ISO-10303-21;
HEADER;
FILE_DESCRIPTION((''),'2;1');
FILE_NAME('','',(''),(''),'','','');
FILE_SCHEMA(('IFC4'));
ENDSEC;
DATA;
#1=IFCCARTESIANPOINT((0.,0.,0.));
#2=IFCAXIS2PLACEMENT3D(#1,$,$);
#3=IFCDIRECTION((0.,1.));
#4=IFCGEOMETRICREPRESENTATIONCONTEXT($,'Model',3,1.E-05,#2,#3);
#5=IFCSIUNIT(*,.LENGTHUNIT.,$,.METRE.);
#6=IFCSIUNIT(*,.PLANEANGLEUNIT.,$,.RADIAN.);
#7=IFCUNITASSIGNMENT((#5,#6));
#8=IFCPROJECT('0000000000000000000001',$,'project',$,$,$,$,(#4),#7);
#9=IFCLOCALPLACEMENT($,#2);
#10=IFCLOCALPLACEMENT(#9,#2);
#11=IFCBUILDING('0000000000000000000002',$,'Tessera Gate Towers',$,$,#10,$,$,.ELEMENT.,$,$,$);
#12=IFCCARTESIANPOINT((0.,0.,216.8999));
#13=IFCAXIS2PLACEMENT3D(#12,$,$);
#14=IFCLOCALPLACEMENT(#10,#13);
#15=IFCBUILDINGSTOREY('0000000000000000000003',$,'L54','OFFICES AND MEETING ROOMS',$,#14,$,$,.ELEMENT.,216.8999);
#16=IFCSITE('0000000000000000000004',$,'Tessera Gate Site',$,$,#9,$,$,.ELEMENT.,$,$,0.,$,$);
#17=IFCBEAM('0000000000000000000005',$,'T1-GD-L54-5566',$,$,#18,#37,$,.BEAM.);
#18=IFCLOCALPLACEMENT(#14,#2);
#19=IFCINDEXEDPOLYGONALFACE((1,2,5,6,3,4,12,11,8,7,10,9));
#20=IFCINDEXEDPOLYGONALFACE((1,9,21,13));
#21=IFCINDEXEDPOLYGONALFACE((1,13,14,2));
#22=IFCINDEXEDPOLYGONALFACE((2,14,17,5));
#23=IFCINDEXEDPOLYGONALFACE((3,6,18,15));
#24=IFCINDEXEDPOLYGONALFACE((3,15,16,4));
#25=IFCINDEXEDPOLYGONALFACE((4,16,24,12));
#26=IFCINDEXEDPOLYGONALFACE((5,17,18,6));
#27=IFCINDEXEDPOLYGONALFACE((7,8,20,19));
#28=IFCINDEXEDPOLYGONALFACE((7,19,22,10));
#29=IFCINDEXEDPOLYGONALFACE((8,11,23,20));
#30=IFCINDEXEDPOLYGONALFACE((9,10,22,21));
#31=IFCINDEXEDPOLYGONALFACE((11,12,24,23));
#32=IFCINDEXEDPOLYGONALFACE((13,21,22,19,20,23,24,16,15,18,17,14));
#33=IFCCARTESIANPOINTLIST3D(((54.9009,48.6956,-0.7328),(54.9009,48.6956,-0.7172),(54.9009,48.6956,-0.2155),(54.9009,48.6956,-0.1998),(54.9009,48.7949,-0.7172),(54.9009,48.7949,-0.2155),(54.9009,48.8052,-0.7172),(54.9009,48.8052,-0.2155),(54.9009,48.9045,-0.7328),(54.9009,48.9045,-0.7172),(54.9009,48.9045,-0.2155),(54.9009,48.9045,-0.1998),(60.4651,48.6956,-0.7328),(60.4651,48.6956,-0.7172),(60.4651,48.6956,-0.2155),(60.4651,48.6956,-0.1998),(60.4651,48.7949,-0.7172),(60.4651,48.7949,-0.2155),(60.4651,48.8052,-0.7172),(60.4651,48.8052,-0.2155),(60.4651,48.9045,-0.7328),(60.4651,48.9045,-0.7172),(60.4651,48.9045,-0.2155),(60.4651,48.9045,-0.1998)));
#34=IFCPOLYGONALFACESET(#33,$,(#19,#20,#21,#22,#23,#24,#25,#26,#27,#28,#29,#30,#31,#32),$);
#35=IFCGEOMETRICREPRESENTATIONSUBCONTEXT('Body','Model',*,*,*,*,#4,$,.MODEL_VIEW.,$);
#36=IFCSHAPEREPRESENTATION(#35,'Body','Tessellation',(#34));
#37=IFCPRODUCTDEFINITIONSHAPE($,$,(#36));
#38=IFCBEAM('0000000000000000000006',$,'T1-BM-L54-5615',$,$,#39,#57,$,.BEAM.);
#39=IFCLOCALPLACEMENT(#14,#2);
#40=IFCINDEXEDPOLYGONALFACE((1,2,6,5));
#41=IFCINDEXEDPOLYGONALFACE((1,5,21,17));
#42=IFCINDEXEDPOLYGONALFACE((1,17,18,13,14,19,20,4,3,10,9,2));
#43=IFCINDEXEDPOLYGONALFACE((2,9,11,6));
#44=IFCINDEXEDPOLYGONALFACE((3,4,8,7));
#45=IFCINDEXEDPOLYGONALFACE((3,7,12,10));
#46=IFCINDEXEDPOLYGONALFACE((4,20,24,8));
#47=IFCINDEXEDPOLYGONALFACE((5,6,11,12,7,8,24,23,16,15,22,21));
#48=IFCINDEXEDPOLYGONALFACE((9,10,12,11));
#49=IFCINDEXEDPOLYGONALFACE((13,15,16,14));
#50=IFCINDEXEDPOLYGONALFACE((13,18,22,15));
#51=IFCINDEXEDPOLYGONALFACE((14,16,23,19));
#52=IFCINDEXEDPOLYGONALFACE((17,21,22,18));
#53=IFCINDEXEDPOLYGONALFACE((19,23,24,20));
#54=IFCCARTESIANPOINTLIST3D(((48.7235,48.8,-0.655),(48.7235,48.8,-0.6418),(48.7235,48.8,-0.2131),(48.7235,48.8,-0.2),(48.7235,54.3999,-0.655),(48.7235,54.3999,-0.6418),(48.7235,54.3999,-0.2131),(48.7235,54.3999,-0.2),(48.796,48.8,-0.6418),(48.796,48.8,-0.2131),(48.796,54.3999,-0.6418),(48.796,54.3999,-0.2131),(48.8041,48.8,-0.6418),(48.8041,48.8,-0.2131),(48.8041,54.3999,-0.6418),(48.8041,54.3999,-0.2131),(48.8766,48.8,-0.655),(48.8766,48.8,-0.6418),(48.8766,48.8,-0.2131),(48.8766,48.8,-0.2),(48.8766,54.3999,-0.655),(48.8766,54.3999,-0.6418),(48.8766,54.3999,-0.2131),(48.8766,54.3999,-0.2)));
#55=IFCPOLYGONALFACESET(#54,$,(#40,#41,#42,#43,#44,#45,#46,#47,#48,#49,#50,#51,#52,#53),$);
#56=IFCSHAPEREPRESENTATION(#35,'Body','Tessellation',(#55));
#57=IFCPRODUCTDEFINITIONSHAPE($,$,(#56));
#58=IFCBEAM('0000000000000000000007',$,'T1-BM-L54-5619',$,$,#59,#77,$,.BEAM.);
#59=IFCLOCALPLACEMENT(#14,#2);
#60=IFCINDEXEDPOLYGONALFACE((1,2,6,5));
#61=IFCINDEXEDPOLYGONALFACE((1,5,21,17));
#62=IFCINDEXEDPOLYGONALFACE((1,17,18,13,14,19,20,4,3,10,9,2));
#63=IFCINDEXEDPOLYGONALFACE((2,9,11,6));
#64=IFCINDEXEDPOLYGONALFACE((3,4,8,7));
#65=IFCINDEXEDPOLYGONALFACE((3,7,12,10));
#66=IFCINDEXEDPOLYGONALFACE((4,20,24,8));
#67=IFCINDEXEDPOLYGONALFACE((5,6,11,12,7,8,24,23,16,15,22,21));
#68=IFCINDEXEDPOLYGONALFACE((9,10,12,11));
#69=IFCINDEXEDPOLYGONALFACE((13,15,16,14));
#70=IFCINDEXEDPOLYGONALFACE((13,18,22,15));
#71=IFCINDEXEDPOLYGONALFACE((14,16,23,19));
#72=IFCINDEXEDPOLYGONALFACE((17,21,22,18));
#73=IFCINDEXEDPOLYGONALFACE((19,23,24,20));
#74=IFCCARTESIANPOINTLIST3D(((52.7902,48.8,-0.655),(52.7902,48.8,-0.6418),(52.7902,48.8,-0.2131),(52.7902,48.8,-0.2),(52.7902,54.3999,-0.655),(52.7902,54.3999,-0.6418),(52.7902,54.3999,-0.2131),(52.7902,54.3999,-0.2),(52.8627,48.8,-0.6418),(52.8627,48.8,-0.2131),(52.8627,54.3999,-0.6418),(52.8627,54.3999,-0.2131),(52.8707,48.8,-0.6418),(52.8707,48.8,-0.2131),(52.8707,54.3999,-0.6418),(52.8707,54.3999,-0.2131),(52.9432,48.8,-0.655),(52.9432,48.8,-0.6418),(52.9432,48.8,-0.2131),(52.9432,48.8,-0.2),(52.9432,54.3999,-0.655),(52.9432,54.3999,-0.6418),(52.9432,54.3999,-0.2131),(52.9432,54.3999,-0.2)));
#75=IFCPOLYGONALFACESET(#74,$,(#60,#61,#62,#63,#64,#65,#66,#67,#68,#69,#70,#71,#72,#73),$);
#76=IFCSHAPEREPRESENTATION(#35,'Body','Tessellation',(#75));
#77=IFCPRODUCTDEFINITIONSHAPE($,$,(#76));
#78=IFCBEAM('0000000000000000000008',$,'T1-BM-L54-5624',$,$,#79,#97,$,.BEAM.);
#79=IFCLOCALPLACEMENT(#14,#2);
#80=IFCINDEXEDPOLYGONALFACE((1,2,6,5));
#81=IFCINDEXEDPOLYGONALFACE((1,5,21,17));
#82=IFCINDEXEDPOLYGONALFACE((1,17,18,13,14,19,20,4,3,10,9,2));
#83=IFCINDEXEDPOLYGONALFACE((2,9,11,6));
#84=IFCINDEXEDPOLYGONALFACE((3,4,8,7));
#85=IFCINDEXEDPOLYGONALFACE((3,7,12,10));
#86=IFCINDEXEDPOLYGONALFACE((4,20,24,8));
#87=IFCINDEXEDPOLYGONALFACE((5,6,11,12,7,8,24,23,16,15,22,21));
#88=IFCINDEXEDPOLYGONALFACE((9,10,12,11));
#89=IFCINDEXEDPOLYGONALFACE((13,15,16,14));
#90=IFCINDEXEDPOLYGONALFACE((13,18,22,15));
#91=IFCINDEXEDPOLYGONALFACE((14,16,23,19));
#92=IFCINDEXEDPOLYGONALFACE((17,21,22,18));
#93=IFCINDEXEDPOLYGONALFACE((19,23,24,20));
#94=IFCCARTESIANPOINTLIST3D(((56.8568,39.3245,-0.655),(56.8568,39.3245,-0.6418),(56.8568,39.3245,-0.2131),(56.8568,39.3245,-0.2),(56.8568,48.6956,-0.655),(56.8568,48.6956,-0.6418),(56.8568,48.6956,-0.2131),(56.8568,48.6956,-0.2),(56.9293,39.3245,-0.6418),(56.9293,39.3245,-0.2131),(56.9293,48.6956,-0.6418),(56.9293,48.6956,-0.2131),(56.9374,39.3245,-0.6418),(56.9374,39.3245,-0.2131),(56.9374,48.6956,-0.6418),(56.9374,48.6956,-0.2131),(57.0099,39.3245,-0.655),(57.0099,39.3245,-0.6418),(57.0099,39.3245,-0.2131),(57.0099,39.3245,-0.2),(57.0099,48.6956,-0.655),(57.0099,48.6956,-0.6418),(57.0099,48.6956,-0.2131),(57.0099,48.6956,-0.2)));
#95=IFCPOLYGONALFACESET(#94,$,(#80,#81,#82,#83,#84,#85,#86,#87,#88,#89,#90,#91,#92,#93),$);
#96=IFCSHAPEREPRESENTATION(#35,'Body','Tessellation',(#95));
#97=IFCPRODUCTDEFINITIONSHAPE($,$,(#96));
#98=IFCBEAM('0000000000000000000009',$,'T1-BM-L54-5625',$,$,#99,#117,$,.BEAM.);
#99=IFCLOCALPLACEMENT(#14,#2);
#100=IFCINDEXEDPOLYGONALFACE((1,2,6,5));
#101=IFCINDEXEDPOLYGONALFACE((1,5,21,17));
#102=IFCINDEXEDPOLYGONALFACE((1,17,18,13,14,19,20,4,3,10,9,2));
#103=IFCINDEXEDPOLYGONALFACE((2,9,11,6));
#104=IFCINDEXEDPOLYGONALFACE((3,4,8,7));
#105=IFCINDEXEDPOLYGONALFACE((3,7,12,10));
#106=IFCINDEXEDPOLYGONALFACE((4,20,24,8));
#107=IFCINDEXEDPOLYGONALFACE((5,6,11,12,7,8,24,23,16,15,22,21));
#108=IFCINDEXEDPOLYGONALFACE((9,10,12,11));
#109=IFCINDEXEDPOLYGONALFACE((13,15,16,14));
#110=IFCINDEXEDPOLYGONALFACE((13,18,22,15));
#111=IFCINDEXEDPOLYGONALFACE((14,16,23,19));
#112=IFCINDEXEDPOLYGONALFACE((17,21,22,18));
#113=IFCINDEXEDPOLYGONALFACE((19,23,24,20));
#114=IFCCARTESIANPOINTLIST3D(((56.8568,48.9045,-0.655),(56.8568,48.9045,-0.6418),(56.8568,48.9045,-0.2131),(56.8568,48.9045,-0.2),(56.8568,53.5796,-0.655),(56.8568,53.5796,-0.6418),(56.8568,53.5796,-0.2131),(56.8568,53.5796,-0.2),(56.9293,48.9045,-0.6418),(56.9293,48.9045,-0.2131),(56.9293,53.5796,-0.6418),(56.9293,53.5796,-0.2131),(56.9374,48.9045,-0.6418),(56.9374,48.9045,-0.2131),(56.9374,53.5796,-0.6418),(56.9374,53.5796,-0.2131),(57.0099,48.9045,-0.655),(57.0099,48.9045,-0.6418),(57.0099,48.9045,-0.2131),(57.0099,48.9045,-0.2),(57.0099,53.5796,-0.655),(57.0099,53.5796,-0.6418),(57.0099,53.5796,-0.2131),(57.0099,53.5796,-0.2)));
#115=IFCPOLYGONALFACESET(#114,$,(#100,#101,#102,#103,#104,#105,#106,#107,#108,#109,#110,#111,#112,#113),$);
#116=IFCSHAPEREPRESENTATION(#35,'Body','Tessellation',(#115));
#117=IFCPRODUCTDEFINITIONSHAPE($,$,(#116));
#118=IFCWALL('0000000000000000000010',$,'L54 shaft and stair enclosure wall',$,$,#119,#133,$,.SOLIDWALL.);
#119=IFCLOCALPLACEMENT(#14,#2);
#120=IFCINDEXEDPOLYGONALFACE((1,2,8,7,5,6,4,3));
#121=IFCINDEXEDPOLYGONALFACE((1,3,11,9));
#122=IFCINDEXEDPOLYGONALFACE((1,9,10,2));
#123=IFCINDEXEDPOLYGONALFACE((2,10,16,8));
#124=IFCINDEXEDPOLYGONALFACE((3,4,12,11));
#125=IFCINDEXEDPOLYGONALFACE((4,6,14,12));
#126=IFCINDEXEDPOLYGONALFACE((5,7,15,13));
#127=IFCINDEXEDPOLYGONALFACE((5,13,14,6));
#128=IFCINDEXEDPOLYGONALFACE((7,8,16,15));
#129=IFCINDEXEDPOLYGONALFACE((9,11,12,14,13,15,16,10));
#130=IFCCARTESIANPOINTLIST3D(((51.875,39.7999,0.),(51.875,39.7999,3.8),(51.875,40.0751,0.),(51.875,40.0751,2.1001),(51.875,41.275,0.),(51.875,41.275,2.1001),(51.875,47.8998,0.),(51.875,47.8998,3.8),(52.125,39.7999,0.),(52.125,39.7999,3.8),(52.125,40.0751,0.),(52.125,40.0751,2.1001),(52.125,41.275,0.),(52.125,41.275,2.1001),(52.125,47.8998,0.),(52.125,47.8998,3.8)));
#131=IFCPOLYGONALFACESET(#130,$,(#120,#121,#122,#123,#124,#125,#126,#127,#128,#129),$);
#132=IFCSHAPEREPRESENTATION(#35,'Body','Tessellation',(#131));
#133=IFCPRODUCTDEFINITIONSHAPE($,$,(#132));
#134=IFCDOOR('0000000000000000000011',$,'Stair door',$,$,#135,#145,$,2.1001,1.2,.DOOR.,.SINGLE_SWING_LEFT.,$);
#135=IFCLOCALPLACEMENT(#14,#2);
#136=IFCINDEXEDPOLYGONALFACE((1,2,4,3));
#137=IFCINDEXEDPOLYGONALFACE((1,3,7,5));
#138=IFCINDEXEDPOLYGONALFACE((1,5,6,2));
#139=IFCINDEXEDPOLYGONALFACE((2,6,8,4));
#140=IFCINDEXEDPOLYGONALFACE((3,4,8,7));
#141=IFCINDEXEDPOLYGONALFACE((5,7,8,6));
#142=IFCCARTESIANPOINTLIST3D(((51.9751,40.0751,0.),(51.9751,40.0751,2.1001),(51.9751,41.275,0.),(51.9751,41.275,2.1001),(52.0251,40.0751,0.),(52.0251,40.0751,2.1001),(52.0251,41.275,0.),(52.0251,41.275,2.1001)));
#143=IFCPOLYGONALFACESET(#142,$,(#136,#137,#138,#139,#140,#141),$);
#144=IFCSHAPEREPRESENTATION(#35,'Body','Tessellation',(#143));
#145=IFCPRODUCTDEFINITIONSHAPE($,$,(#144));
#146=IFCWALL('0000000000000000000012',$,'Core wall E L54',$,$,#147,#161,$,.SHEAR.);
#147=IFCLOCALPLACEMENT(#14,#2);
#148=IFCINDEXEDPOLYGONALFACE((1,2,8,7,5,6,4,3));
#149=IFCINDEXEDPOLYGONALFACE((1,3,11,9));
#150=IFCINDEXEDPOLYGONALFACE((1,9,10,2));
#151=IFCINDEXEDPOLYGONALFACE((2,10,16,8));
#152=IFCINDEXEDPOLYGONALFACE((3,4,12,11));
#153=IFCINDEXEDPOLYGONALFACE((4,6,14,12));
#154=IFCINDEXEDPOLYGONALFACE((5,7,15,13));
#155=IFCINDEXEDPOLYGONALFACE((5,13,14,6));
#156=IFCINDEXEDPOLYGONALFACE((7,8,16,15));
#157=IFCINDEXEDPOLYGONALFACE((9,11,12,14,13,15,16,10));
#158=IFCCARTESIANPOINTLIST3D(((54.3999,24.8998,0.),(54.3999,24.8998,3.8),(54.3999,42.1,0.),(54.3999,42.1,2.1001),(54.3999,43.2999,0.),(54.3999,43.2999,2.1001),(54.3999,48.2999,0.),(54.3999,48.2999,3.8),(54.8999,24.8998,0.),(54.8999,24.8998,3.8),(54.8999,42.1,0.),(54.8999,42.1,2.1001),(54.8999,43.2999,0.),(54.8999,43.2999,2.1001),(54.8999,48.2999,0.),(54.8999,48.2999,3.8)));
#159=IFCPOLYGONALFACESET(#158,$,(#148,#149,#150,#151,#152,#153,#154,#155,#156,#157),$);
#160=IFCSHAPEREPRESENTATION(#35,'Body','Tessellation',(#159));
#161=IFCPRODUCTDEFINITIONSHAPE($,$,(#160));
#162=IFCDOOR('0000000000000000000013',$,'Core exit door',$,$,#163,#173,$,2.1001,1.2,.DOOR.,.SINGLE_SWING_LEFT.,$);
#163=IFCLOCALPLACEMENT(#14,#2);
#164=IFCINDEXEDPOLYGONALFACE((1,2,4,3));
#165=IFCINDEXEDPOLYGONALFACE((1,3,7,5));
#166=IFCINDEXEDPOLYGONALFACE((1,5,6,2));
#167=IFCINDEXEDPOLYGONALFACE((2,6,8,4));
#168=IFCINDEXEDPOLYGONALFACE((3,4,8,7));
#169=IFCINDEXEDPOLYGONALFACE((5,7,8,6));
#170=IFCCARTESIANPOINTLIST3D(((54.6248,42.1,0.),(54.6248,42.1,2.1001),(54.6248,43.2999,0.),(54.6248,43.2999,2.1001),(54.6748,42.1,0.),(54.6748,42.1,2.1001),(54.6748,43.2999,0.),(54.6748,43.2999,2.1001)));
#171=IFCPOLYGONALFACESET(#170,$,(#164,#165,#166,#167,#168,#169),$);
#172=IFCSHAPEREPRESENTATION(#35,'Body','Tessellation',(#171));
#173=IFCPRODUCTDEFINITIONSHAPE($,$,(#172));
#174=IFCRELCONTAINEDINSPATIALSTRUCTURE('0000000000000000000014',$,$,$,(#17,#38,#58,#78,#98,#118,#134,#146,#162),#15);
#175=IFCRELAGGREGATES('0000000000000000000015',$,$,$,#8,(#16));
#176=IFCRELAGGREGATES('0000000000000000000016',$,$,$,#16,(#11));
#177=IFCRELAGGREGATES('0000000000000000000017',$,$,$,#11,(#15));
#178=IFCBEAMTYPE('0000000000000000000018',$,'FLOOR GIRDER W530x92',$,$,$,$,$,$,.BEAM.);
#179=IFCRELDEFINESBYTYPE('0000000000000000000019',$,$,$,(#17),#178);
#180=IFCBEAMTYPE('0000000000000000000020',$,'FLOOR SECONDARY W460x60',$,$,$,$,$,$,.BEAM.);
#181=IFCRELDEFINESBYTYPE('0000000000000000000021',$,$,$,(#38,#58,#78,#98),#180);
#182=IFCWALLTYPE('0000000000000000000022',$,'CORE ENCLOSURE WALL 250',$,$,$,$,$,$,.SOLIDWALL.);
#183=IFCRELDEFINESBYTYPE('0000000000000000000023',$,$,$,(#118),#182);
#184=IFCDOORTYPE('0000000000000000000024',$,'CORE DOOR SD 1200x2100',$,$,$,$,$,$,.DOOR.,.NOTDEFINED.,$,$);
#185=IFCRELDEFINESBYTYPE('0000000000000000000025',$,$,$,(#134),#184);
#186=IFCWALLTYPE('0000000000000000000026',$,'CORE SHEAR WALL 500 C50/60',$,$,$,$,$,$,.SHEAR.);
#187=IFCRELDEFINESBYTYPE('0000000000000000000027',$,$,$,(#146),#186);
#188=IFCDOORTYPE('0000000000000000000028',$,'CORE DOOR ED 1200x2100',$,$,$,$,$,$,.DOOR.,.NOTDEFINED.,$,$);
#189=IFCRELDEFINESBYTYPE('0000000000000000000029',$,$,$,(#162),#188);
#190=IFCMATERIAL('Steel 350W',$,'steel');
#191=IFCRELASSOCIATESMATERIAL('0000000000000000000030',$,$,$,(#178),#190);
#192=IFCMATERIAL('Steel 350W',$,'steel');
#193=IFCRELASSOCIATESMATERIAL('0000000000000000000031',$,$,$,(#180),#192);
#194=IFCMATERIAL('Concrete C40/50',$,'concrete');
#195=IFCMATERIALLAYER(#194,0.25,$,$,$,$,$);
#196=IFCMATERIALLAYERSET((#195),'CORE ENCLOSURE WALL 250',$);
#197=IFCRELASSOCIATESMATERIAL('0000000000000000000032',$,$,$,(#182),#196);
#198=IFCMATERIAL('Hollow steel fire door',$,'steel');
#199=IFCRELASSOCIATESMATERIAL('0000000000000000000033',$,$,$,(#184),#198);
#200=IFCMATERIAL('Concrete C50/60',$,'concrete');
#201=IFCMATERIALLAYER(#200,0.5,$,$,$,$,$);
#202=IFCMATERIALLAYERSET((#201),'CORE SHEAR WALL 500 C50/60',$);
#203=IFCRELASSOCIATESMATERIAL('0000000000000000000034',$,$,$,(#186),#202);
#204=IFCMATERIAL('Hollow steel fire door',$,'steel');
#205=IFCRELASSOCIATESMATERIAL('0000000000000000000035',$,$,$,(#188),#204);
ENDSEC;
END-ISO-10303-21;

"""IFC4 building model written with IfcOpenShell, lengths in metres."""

from ifc_helpers import new_model, si_unit, direction, frame, frame_2d, origin, origin_2d, place, context, subcontext, project, spatial, rectangle, i_section, extrude, source, transform, mapped, material, layer, layer_set, material_profile, profile_set, type_object, element, fill, save


model = new_model("IFC4")

# Units and contexts
model_context = context("Model", 3, precision=1e-05, world=origin(), true_north=direction((0.0, 1.0)))
body_context = subcontext(model_context, "Body", "Model", "MODEL_VIEW")
ifc_project = project(units=[si_unit("LENGTHUNIT", "METRE"), si_unit("PLANEANGLEUNIT", "RADIAN")], contexts=[model_context])

# Site, building, storey
site_placement = place(None, origin())
site = spatial("IfcSite", under=ifc_project, at=site_placement, Name="Tessera Gate Site", CompositionType="ELEMENT", RefElevation=0.0)
building_placement = place(site_placement, origin())
building = spatial("IfcBuilding", under=site, at=building_placement, Name="Tessera Gate Towers", CompositionType="ELEMENT")
storey_placement = place(building_placement, frame((0.0, 0.0, 216.8999)))
storey = spatial("IfcBuildingStorey", under=building, at=storey_placement, Name="L54", Description="OFFICES AND MEETING ROOMS", CompositionType="ELEMENT", Elevation=216.8999)

# Beams
ifc_material_1 = material(Name="Steel 350W", Category="steel")
ifc_material_profile_1 = material_profile(ifc_material_1, i_section(OverallWidth=0.209, OverallDepth=0.533, WebThickness=0.0103, FlangeThickness=0.0156, at=origin_2d()), Name="W530x92")
ifc_profile_set_1 = profile_set([ifc_material_profile_1], Name="Steel 350W")
beam_type_1 = type_object("IfcBeamType", Name="FLOOR GIRDER W530x92", PredefinedType="BEAM", material=ifc_profile_set_1)
beam_1_placement = place(storey_placement, frame((54.9009, 48.8, -0.4663), z_axis=(1.0, 0.0, 0.0), x_axis=(0.0, 1.0, 0.0)))
element("IfcBeam", 1, at=beam_1_placement, inside=storey, type_object=beam_type_1, Name="T1-GD-L54-5566", PredefinedType="BEAM", context=body_context, shape_type="SweptSolid", body=[
    extrude(i_section(OverallWidth=0.209, OverallDepth=0.533, WebThickness=0.0103, FlangeThickness=0.0156, at=origin_2d()), origin(), (0.0, 0.0, 1.0), 5.5642),
])
ifc_material_2 = material(Name="Steel 350W", Category="steel")
ifc_material_profile_2 = material_profile(ifc_material_2, i_section(OverallWidth=0.1531, OverallDepth=0.4551, WebThickness=0.0081, FlangeThickness=0.0132, at=origin_2d()), Name="W460x60")
ifc_profile_set_2 = profile_set([ifc_material_profile_2], Name="Steel 350W")
beam_type_2 = type_object("IfcBeamType", Name="FLOOR SECONDARY W460x60", PredefinedType="BEAM", material=ifc_profile_set_2)
for number, where, z_axis, x_axis, name in (
    (2, (48.8, 48.8, -0.4275), (0.0, 1.0, 0.0), (-1.0, 0.0, 0.0), "T1-BM-L54-5615"),
    (3, (52.8667, 48.8, -0.4275), (0.0, 1.0, 0.0), (-1.0, 0.0, 0.0), "T1-BM-L54-5619"),
):
    element("IfcBeam", number, at=place(storey_placement, frame(where, z_axis=z_axis, x_axis=x_axis)), inside=storey, type_object=beam_type_2, Name=name, PredefinedType="BEAM", context=body_context, shape_type="SweptSolid", body=[
        extrude(i_section(OverallWidth=0.1531, OverallDepth=0.4551, WebThickness=0.0081, FlangeThickness=0.0132, at=origin_2d()), origin(), (0.0, 0.0, 1.0), 5.5999),
    ])
beam_2_placement = place(storey_placement, frame((56.9333, 39.3245, -0.4275), z_axis=(0.0, 1.0, 0.0), x_axis=(-1.0, 0.0, 0.0)))
element("IfcBeam", 4, at=beam_2_placement, inside=storey, type_object=beam_type_2, Name="T1-BM-L54-5624", PredefinedType="BEAM", context=body_context, shape_type="SweptSolid", body=[
    extrude(i_section(OverallWidth=0.1531, OverallDepth=0.4551, WebThickness=0.0081, FlangeThickness=0.0132, at=origin_2d()), origin(), (0.0, 0.0, 1.0), 9.3711),
])
beam_3_placement = place(storey_placement, frame((56.9333, 48.9045, -0.4275), z_axis=(0.0, 1.0, 0.0), x_axis=(-1.0, 0.0, 0.0)))
element("IfcBeam", 5, at=beam_3_placement, inside=storey, type_object=beam_type_2, Name="T1-BM-L54-5625", PredefinedType="BEAM", context=body_context, shape_type="SweptSolid", body=[
    extrude(i_section(OverallWidth=0.1531, OverallDepth=0.4551, WebThickness=0.0081, FlangeThickness=0.0132, at=origin_2d()), origin(), (0.0, 0.0, 1.0), 4.675),
])

# Walls, openings, doors
ifc_material_3 = material(Name="Concrete C40/50", Category="concrete")
ifc_layer_1 = layer(ifc_material_3, 0.25)
ifc_layer_set_1 = layer_set([ifc_layer_1], Name="CORE ENCLOSURE WALL 250")
wall_type_1 = type_object("IfcWallType", Name="CORE ENCLOSURE WALL 250", PredefinedType="SOLIDWALL", material=ifc_layer_set_1)
wall_1_placement = place(storey_placement, frame((52.0, 39.8, 0.0), z_axis=(0.0, 0.0, 1.0), x_axis=(0.0, 1.0, 0.0)))
wall_1 = element("IfcWall", 6, at=wall_1_placement, inside=storey, type_object=wall_type_1, Name="L54 shaft and stair enclosure wall", PredefinedType="SOLIDWALL", context=body_context, shape_type="SweptSolid", body=[
    extrude(rectangle(XDim=8.0999, YDim=0.25, at=frame_2d((4.0498, 0.0))), origin(), (0.0, 0.0, 1.0), 3.8),
])
shared_shape_1 = source(origin(), body_context, "Body", "SweptSolid", [
    extrude(rectangle(XDim=1.2, YDim=2.1001, at=frame_2d((0.6001, 1.05))), frame((0.0, 0.135, 0.0), z_axis=(0.0, -1.0, 0.0), x_axis=(1.0, 0.0, 0.0)), (0.0, 0.0, 1.0), 0.27),
])
opening_1_placement = place(wall_1_placement, frame((0.2749, 0.0, 0.0)))
opening_1 = element("IfcOpeningElement", 7, at=opening_1_placement, cuts=wall_1, PredefinedType="OPENING", context=body_context, shape_type="MappedRepresentation", body=[
    mapped(shared_shape_1, transform((0.0, 0.0, 0.0), scale=1.0)),
])
ifc_material_4 = material(Name="Hollow steel fire door", Category="steel")
door_type_1 = type_object("IfcDoorType", Name="CORE DOOR SD 1200x2100", OperationType="NOTDEFINED", PredefinedType="DOOR", material=ifc_material_4)
shared_shape_2 = source(origin(), body_context, "Body", "SweptSolid", [
    extrude(rectangle(XDim=1.2, YDim=2.1001, at=frame_2d((0.6001, 1.05))), frame((0.0, 0.0249, 0.0), z_axis=(0.0, -1.0, 0.0), x_axis=(1.0, 0.0, 0.0)), (0.0, 0.0, 1.0), 0.05),
])
door_1_placement = place(opening_1_placement, origin())
door_1 = element("IfcDoor", 8, at=door_1_placement, inside=storey, type_object=door_type_1, Name="Stair door", OperationType="SINGLE_SWING_LEFT", OverallHeight=2.1001, OverallWidth=1.2, PredefinedType="DOOR", context=body_context, shape_type="MappedRepresentation", body=[
    mapped(shared_shape_2, transform((0.0, 0.0, 0.0), scale=1.0)),
])
fill(opening_1, door_1)
ifc_material_5 = material(Name="Concrete C50/60", Category="concrete")
ifc_layer_2 = layer(ifc_material_5, 0.5)
ifc_layer_set_2 = layer_set([ifc_layer_2], Name="CORE SHEAR WALL 500 C50/60")
wall_type_2 = type_object("IfcWallType", Name="CORE SHEAR WALL 500 C50/60", PredefinedType="SHEAR", material=ifc_layer_set_2)
wall_2_placement = place(storey_placement, frame((54.6499, 48.3, 0.0), z_axis=(0.0, 0.0, 1.0), x_axis=(0.0, -1.0, 0.0)))
wall_2 = element("IfcWall", 9, at=wall_2_placement, inside=storey, type_object=wall_type_2, Name="Core wall E L54", PredefinedType="SHEAR", context=body_context, shape_type="SweptSolid", body=[
    extrude(rectangle(XDim=23.4001, YDim=0.5, at=frame_2d((11.7002, 0.0))), origin(), (0.0, 0.0, 1.0), 3.8),
])
shared_shape_3 = source(origin(), body_context, "Body", "SweptSolid", [
    extrude(rectangle(XDim=1.2, YDim=2.1001, at=frame_2d((0.6001, 1.05))), frame((0.0, 0.26, 0.0), z_axis=(0.0, -1.0, 0.0), x_axis=(1.0, 0.0, 0.0)), (0.0, 0.0, 1.0), 0.52),
])
opening_2_placement = place(wall_2_placement, frame((5.0, 0.0, 0.0)))
opening_2 = element("IfcOpeningElement", 10, at=opening_2_placement, cuts=wall_2, PredefinedType="OPENING", context=body_context, shape_type="MappedRepresentation", body=[
    mapped(shared_shape_3, transform((0.0, 0.0, 0.0), scale=1.0)),
])
ifc_material_6 = material(Name="Hollow steel fire door", Category="steel")
door_type_2 = type_object("IfcDoorType", Name="CORE DOOR ED 1200x2100", OperationType="NOTDEFINED", PredefinedType="DOOR", material=ifc_material_6)
door_2_placement = place(opening_2_placement, origin())
door_2 = element("IfcDoor", 11, at=door_2_placement, inside=storey, type_object=door_type_2, Name="Core exit door", OperationType="SINGLE_SWING_LEFT", OverallHeight=2.1001, OverallWidth=1.2, PredefinedType="DOOR", context=body_context, shape_type="MappedRepresentation", body=[
    mapped(shared_shape_2, transform((0.0, 0.0, 0.0), scale=1.0)),
])
fill(opening_2, door_2)

save(model, "model.ifc")
